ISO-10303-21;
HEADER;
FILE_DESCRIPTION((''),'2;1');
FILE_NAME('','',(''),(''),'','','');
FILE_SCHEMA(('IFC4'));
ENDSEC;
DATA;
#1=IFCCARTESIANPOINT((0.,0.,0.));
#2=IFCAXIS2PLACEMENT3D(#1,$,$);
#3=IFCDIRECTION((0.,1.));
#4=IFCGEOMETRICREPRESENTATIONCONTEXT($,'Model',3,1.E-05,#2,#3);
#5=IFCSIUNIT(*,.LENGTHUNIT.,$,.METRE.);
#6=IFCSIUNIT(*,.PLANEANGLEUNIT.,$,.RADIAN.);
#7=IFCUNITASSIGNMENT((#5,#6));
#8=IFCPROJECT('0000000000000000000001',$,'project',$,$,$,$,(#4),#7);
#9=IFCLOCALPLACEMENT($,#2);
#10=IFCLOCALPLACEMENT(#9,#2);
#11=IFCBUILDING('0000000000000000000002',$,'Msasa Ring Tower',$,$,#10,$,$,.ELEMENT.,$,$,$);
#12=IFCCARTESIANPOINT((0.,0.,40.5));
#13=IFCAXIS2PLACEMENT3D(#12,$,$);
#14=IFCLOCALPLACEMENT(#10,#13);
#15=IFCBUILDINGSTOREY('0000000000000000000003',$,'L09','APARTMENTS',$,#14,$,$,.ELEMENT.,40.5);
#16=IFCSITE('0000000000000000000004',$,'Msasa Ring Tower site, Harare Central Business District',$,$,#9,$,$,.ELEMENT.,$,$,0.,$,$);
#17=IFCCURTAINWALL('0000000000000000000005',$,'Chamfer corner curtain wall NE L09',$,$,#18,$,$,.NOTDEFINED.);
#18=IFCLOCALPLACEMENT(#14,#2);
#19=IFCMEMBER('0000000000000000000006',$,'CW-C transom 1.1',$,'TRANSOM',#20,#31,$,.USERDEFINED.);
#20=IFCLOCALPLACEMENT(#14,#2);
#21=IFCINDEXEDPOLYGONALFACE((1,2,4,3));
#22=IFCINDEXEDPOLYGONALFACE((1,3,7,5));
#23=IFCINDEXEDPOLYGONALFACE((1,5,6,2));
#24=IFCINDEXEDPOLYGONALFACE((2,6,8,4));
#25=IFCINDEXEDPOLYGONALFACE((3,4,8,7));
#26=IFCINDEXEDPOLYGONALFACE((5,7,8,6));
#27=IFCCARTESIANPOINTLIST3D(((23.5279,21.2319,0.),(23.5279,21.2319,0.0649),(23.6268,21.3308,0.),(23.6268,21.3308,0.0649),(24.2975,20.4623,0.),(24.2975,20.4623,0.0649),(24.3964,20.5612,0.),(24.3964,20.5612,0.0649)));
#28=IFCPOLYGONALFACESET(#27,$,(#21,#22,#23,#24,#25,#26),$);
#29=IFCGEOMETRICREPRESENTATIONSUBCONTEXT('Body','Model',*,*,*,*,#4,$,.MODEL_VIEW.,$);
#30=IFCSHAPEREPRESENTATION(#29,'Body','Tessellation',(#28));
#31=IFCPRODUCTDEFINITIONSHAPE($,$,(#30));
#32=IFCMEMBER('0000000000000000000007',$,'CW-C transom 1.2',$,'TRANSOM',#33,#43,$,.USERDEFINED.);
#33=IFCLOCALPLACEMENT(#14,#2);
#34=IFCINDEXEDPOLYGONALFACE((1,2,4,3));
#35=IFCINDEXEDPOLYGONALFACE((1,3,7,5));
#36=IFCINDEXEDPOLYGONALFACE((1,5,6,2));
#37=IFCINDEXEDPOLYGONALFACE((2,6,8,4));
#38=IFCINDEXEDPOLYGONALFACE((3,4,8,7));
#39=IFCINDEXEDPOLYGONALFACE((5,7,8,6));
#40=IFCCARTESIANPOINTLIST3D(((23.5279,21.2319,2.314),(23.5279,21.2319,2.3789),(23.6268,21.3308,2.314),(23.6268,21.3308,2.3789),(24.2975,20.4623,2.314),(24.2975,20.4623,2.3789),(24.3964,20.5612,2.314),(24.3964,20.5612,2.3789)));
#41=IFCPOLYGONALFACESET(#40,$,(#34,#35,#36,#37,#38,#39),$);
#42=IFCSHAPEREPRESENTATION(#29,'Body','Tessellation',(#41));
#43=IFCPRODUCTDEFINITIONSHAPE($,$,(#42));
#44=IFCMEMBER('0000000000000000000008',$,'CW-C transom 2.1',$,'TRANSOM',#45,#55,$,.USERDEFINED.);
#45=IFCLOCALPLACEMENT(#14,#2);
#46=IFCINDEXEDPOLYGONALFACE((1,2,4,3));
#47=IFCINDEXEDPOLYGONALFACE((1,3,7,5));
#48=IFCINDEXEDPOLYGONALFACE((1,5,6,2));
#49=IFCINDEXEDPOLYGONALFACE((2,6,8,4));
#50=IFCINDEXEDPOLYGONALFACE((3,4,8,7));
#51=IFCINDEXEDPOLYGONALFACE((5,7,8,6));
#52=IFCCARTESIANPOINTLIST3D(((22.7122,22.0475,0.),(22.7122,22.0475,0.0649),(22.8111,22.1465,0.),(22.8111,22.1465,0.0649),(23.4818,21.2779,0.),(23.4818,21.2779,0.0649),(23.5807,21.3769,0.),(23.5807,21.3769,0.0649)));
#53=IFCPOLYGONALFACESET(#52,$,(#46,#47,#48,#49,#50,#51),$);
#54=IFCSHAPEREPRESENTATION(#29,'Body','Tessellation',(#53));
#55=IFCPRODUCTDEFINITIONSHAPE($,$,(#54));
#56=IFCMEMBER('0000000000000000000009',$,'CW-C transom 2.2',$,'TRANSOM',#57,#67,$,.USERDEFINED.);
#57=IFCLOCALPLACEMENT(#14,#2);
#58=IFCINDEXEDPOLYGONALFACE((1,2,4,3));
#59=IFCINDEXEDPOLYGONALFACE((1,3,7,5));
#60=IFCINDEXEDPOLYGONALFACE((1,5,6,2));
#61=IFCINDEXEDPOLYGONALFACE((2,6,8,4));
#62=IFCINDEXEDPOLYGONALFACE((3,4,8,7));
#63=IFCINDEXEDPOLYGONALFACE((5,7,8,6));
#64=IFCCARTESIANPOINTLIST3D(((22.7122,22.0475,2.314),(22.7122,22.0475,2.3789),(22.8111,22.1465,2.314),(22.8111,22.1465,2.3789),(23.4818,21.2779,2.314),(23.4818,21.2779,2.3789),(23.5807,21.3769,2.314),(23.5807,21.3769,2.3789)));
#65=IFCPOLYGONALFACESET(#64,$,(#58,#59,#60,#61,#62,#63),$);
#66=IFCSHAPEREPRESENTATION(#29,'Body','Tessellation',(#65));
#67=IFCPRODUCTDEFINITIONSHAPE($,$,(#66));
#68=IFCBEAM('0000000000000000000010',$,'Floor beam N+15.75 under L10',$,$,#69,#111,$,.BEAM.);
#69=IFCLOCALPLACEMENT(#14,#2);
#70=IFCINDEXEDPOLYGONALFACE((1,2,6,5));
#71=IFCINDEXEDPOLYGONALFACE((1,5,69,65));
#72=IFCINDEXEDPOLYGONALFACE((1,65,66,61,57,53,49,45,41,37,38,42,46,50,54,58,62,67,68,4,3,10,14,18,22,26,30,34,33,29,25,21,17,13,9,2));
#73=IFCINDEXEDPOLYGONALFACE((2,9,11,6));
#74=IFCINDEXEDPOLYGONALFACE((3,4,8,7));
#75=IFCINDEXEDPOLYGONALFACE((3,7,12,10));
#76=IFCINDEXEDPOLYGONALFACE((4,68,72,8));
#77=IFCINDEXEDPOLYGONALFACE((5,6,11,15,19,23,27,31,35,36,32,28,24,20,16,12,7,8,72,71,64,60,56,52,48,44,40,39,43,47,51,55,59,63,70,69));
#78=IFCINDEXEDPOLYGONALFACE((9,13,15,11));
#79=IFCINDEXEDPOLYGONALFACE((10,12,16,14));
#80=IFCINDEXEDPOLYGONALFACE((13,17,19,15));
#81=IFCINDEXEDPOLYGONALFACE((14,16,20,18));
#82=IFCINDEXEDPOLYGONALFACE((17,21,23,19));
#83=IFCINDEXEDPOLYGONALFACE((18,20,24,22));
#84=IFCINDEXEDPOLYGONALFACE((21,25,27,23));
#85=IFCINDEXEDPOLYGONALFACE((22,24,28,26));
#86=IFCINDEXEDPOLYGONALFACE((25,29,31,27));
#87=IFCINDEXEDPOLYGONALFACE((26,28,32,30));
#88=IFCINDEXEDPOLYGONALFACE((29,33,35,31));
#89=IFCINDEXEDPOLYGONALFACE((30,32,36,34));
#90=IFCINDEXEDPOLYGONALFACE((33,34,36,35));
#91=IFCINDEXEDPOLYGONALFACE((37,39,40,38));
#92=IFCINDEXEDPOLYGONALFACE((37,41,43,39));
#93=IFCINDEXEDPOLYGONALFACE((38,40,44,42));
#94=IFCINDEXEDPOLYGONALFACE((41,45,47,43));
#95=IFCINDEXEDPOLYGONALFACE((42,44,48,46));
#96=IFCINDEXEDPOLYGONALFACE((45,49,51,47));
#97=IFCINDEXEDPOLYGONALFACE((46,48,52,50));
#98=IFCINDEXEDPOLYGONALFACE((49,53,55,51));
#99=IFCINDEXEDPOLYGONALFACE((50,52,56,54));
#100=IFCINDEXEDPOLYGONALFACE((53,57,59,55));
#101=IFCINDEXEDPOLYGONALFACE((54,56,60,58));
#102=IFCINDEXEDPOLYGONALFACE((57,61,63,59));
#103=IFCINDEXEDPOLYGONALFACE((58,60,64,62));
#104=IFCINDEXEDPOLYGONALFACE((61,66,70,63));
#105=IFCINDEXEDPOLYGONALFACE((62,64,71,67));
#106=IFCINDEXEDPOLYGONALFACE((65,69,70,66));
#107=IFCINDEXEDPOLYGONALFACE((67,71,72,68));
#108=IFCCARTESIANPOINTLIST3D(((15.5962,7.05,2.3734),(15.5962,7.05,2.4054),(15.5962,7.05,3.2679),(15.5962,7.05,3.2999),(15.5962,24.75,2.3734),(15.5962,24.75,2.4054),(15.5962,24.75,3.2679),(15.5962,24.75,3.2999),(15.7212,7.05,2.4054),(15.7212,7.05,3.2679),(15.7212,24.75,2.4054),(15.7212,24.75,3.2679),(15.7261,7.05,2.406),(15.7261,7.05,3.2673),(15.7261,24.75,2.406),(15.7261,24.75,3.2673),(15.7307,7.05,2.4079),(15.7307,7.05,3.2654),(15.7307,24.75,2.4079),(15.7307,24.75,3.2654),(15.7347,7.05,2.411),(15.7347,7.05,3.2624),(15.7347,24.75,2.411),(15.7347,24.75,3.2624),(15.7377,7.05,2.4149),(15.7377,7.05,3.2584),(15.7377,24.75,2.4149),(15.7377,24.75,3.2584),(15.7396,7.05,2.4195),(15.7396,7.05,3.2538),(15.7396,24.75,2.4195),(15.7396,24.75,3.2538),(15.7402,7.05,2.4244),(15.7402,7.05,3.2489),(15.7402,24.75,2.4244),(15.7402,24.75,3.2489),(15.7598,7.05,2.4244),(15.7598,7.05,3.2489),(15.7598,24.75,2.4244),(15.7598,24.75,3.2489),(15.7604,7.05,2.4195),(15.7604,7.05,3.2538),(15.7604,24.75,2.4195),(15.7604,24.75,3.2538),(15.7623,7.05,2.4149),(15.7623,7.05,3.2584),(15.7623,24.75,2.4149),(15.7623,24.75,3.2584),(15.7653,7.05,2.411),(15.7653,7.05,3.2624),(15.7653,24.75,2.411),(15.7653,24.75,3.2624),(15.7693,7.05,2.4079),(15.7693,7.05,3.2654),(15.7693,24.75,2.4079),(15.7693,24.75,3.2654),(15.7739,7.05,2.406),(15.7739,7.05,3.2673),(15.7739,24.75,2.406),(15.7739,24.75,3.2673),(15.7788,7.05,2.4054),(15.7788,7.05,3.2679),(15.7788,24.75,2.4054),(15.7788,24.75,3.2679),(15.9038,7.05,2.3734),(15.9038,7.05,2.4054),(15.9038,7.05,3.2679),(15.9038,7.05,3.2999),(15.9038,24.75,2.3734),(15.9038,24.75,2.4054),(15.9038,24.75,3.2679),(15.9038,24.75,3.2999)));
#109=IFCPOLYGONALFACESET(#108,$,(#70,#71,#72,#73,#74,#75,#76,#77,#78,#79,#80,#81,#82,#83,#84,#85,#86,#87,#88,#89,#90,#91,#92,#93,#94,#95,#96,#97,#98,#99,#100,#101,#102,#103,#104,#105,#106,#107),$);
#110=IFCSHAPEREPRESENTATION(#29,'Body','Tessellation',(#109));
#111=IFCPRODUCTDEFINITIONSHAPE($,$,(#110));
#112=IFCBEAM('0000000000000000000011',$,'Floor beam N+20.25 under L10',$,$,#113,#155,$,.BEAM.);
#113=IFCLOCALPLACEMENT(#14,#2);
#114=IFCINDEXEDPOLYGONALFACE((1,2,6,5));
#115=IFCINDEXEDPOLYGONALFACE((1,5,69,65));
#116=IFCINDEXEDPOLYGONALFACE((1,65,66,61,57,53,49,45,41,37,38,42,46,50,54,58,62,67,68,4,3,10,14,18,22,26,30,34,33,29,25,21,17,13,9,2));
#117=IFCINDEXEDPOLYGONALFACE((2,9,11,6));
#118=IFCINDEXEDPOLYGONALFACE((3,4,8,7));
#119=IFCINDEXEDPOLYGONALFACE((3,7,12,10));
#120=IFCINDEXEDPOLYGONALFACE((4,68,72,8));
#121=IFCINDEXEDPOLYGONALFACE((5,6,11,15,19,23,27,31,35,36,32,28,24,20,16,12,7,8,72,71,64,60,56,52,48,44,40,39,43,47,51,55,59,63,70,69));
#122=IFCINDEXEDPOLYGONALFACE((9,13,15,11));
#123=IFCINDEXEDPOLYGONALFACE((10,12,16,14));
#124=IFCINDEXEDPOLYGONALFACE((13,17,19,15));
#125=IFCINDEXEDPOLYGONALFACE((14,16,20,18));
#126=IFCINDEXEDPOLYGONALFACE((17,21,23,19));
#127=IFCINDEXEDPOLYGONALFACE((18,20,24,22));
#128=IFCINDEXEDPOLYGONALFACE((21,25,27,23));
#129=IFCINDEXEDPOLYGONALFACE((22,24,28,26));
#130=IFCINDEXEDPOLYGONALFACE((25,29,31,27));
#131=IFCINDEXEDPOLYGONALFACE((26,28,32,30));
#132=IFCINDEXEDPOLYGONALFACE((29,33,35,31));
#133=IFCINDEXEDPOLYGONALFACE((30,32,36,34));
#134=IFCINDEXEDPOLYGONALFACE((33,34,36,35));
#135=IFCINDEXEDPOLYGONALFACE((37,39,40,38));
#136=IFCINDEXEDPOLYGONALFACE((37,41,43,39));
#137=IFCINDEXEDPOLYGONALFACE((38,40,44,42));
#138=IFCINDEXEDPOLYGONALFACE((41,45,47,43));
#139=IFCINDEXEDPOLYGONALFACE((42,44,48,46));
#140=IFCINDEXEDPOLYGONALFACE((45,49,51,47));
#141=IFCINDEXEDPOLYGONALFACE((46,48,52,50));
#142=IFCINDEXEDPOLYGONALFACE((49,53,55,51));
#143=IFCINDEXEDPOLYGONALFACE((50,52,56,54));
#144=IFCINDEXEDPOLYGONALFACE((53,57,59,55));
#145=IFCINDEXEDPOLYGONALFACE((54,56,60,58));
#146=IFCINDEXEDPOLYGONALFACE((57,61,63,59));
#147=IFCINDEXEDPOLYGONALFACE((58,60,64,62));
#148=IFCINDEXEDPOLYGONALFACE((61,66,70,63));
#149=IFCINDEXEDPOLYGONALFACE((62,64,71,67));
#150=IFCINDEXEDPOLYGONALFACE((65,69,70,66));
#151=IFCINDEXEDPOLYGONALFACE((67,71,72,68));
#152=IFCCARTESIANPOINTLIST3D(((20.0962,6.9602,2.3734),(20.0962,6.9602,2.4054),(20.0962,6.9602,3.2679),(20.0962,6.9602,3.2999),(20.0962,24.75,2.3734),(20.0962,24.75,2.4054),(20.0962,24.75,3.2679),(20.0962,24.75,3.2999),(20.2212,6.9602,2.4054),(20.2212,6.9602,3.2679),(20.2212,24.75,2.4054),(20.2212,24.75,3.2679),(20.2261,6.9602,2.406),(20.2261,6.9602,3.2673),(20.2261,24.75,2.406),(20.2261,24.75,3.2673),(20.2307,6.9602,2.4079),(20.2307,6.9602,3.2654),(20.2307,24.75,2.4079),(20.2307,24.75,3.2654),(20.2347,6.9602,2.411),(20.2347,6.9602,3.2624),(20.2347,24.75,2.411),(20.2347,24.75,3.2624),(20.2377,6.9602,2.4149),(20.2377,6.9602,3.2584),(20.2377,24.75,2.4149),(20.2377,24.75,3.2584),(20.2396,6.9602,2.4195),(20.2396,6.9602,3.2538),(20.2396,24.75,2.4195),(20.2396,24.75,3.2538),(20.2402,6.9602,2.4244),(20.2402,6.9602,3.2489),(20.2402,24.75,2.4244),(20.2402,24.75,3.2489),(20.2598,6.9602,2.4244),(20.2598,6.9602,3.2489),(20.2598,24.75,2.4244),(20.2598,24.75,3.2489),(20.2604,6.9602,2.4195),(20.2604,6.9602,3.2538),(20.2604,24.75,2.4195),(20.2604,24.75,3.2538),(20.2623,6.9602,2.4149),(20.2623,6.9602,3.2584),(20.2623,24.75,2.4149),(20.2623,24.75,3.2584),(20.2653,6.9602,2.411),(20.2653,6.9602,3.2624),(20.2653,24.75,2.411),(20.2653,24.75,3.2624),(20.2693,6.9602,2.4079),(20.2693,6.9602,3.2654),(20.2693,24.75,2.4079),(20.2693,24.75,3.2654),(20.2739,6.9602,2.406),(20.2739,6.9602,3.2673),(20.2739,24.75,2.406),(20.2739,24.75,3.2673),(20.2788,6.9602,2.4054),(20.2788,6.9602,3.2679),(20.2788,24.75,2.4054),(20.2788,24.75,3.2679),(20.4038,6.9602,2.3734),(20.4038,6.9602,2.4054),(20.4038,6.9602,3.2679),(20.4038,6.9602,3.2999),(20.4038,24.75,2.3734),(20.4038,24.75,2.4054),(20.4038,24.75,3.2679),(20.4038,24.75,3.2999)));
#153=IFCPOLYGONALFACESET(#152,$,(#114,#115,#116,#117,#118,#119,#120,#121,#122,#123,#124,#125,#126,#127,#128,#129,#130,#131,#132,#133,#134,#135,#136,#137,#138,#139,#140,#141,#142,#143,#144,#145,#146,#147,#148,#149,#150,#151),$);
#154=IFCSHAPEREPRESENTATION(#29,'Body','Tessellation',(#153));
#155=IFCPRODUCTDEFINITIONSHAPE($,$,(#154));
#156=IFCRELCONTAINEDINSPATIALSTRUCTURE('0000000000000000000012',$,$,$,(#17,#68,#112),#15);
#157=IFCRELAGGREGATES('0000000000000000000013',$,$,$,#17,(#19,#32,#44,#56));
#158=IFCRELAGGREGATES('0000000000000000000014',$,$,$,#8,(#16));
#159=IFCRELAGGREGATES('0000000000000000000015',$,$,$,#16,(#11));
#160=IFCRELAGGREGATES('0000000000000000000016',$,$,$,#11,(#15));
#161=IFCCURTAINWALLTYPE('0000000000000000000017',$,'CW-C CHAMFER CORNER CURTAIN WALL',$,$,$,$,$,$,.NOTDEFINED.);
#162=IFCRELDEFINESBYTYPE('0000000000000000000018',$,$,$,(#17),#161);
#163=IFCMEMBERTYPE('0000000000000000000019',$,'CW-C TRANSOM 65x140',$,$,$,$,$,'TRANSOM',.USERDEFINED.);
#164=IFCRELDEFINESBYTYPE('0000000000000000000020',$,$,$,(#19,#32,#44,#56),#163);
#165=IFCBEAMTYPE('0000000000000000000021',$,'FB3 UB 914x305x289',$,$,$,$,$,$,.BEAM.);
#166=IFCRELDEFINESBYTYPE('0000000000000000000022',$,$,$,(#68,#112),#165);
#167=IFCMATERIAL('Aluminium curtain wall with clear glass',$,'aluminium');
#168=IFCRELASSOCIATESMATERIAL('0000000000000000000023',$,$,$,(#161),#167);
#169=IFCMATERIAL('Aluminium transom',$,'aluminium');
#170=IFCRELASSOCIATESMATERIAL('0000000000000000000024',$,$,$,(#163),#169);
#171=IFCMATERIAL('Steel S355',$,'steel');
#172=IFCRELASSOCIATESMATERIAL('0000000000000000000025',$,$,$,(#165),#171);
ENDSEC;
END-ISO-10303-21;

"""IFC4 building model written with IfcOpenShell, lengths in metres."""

from ifc_helpers import new_model, si_unit, direction, frame, origin, origin_2d, place, context, subcontext, project, spatial, rectangle, i_section, extrude, material, material_profile, profile_set, type_object, element, aggregate, save


model = new_model("IFC4")

# Units and contexts
model_context = context("Model", 3, precision=1e-05, world=origin(), true_north=direction((0.0, 1.0)))
body_context = subcontext(model_context, "Body", "Model", "MODEL_VIEW")
ifc_project = project(units=[si_unit("LENGTHUNIT", "METRE"), si_unit("PLANEANGLEUNIT", "RADIAN")], contexts=[model_context])

# Site, building, storey
site_placement = place(None, origin())
site = spatial("IfcSite", under=ifc_project, at=site_placement, Name="Msasa Ring Tower site, Harare Central Business District", CompositionType="ELEMENT", RefElevation=0.0)
building_placement = place(site_placement, origin())
building = spatial("IfcBuilding", under=site, at=building_placement, Name="Msasa Ring Tower", CompositionType="ELEMENT")
storey_placement = place(building_placement, frame((0.0, 0.0, 40.5)))
storey = spatial("IfcBuildingStorey", under=building, at=storey_placement, Name="L09", Description="APARTMENTS", CompositionType="ELEMENT", Elevation=40.5)

# Curtain wall
ifc_material_1 = material(Name="Aluminium curtain wall with clear glass", Category="aluminium")
curtain_wall_type = type_object("IfcCurtainWallType", Name="CW-C CHAMFER CORNER CURTAIN WALL", PredefinedType="NOTDEFINED", material=ifc_material_1)
curtain_wall_1_placement = place(storey_placement, origin())
curtain_wall_1 = element("IfcCurtainWall", 1, at=curtain_wall_1_placement, inside=storey, type_object=curtain_wall_type, Name="Chamfer corner curtain wall NE L09", PredefinedType="NOTDEFINED")

# Members
ifc_material_2 = material(Name="Aluminium transom", Category="aluminium")
ifc_material_profile_1 = material_profile(ifc_material_2, rectangle(XDim=0.1399, YDim=0.0649, at=origin_2d()), Name="AL 65x140")
ifc_profile_set_1 = profile_set([ifc_material_profile_1], Name="Aluminium transom")
member_type_1 = type_object("IfcMemberType", Name="CW-C TRANSOM 65x140", ElementType="TRANSOM", PredefinedType="USERDEFINED", material=ifc_profile_set_1)
member_1_placement = place(storey_placement, frame((24.3469, 20.5117, 0.0325), z_axis=(-0.707107, 0.707107, 0.0), x_axis=(-0.707107, -0.707107, 0.0)))
member_1 = element("IfcMember", 2, at=member_1_placement, type_object=member_type_1, Name="CW-C transom 1.1", ObjectType="TRANSOM", PredefinedType="USERDEFINED", context=body_context, shape_type="SweptSolid", body=[
    extrude(rectangle(XDim=0.1399, YDim=0.0649, at=origin_2d()), origin(), (0.0, 0.0, 1.0), 1.0884),
])
member_2_placement = place(storey_placement, frame((24.3469, 20.5117, 2.3464), z_axis=(-0.707107, 0.707107, 0.0), x_axis=(-0.707107, -0.707107, 0.0)))
member_2 = element("IfcMember", 3, at=member_2_placement, type_object=member_type_1, Name="CW-C transom 1.2", ObjectType="TRANSOM", PredefinedType="USERDEFINED", context=body_context, shape_type="SweptSolid", body=[
    extrude(rectangle(XDim=0.1399, YDim=0.0649, at=origin_2d()), origin(), (0.0, 0.0, 1.0), 1.0884),
])
member_3_placement = place(storey_placement, frame((23.5312, 21.3274, 0.0325), z_axis=(-0.707107, 0.707107, 0.0), x_axis=(-0.707107, -0.707107, 0.0)))
member_3 = element("IfcMember", 4, at=member_3_placement, type_object=member_type_1, Name="CW-C transom 2.1", ObjectType="TRANSOM", PredefinedType="USERDEFINED", context=body_context, shape_type="SweptSolid", body=[
    extrude(rectangle(XDim=0.1399, YDim=0.0649, at=origin_2d()), origin(), (0.0, 0.0, 1.0), 1.0884),
])
member_4_placement = place(storey_placement, frame((23.5312, 21.3274, 2.3464), z_axis=(-0.707107, 0.707107, 0.0), x_axis=(-0.707107, -0.707107, 0.0)))
member_4 = element("IfcMember", 5, at=member_4_placement, type_object=member_type_1, Name="CW-C transom 2.2", ObjectType="TRANSOM", PredefinedType="USERDEFINED", context=body_context, shape_type="SweptSolid", body=[
    extrude(rectangle(XDim=0.1399, YDim=0.0649, at=origin_2d()), origin(), (0.0, 0.0, 1.0), 1.0884),
])

# Beams
ifc_material_3 = material(Name="Steel S355", Category="steel")
ifc_material_profile_2 = material_profile(ifc_material_3, i_section(OverallWidth=0.3076, OverallDepth=0.9265, WebThickness=0.0195, FlangeThickness=0.032, FilletRadius=0.019, at=origin_2d()), Name="UB 914x305x289")
ifc_profile_set_2 = profile_set([ifc_material_profile_2], Name="Steel S355")
beam_type_1 = type_object("IfcBeamType", Name="FB3 UB 914x305x289", PredefinedType="BEAM", material=ifc_profile_set_2)
beam_1_placement = place(storey_placement, frame((15.75, 24.75, 2.8367), z_axis=(0.0, -1.0, 0.0), x_axis=(1.0, 0.0, 0.0)))
element("IfcBeam", 6, at=beam_1_placement, inside=storey, type_object=beam_type_1, Name="Floor beam N+15.75 under L10", PredefinedType="BEAM", context=body_context, shape_type="SweptSolid", body=[
    extrude(i_section(OverallWidth=0.3076, OverallDepth=0.9265, WebThickness=0.0195, FlangeThickness=0.032, FilletRadius=0.019, at=origin_2d()), origin(), (0.0, 0.0, 1.0), 17.7),
])
beam_2_placement = place(storey_placement, frame((20.25, 24.75, 2.8367), z_axis=(0.0, -1.0, 0.0), x_axis=(1.0, 0.0, 0.0)))
element("IfcBeam", 7, at=beam_2_placement, inside=storey, type_object=beam_type_1, Name="Floor beam N+20.25 under L10", PredefinedType="BEAM", context=body_context, shape_type="SweptSolid", body=[
    extrude(i_section(OverallWidth=0.3076, OverallDepth=0.9265, WebThickness=0.0195, FlangeThickness=0.032, FilletRadius=0.019, at=origin_2d()), origin(), (0.0, 0.0, 1.0), 17.7898),
])

aggregate(curtain_wall_1, [member_1, member_2, member_3, member_4])

save(model, "model.ifc")
